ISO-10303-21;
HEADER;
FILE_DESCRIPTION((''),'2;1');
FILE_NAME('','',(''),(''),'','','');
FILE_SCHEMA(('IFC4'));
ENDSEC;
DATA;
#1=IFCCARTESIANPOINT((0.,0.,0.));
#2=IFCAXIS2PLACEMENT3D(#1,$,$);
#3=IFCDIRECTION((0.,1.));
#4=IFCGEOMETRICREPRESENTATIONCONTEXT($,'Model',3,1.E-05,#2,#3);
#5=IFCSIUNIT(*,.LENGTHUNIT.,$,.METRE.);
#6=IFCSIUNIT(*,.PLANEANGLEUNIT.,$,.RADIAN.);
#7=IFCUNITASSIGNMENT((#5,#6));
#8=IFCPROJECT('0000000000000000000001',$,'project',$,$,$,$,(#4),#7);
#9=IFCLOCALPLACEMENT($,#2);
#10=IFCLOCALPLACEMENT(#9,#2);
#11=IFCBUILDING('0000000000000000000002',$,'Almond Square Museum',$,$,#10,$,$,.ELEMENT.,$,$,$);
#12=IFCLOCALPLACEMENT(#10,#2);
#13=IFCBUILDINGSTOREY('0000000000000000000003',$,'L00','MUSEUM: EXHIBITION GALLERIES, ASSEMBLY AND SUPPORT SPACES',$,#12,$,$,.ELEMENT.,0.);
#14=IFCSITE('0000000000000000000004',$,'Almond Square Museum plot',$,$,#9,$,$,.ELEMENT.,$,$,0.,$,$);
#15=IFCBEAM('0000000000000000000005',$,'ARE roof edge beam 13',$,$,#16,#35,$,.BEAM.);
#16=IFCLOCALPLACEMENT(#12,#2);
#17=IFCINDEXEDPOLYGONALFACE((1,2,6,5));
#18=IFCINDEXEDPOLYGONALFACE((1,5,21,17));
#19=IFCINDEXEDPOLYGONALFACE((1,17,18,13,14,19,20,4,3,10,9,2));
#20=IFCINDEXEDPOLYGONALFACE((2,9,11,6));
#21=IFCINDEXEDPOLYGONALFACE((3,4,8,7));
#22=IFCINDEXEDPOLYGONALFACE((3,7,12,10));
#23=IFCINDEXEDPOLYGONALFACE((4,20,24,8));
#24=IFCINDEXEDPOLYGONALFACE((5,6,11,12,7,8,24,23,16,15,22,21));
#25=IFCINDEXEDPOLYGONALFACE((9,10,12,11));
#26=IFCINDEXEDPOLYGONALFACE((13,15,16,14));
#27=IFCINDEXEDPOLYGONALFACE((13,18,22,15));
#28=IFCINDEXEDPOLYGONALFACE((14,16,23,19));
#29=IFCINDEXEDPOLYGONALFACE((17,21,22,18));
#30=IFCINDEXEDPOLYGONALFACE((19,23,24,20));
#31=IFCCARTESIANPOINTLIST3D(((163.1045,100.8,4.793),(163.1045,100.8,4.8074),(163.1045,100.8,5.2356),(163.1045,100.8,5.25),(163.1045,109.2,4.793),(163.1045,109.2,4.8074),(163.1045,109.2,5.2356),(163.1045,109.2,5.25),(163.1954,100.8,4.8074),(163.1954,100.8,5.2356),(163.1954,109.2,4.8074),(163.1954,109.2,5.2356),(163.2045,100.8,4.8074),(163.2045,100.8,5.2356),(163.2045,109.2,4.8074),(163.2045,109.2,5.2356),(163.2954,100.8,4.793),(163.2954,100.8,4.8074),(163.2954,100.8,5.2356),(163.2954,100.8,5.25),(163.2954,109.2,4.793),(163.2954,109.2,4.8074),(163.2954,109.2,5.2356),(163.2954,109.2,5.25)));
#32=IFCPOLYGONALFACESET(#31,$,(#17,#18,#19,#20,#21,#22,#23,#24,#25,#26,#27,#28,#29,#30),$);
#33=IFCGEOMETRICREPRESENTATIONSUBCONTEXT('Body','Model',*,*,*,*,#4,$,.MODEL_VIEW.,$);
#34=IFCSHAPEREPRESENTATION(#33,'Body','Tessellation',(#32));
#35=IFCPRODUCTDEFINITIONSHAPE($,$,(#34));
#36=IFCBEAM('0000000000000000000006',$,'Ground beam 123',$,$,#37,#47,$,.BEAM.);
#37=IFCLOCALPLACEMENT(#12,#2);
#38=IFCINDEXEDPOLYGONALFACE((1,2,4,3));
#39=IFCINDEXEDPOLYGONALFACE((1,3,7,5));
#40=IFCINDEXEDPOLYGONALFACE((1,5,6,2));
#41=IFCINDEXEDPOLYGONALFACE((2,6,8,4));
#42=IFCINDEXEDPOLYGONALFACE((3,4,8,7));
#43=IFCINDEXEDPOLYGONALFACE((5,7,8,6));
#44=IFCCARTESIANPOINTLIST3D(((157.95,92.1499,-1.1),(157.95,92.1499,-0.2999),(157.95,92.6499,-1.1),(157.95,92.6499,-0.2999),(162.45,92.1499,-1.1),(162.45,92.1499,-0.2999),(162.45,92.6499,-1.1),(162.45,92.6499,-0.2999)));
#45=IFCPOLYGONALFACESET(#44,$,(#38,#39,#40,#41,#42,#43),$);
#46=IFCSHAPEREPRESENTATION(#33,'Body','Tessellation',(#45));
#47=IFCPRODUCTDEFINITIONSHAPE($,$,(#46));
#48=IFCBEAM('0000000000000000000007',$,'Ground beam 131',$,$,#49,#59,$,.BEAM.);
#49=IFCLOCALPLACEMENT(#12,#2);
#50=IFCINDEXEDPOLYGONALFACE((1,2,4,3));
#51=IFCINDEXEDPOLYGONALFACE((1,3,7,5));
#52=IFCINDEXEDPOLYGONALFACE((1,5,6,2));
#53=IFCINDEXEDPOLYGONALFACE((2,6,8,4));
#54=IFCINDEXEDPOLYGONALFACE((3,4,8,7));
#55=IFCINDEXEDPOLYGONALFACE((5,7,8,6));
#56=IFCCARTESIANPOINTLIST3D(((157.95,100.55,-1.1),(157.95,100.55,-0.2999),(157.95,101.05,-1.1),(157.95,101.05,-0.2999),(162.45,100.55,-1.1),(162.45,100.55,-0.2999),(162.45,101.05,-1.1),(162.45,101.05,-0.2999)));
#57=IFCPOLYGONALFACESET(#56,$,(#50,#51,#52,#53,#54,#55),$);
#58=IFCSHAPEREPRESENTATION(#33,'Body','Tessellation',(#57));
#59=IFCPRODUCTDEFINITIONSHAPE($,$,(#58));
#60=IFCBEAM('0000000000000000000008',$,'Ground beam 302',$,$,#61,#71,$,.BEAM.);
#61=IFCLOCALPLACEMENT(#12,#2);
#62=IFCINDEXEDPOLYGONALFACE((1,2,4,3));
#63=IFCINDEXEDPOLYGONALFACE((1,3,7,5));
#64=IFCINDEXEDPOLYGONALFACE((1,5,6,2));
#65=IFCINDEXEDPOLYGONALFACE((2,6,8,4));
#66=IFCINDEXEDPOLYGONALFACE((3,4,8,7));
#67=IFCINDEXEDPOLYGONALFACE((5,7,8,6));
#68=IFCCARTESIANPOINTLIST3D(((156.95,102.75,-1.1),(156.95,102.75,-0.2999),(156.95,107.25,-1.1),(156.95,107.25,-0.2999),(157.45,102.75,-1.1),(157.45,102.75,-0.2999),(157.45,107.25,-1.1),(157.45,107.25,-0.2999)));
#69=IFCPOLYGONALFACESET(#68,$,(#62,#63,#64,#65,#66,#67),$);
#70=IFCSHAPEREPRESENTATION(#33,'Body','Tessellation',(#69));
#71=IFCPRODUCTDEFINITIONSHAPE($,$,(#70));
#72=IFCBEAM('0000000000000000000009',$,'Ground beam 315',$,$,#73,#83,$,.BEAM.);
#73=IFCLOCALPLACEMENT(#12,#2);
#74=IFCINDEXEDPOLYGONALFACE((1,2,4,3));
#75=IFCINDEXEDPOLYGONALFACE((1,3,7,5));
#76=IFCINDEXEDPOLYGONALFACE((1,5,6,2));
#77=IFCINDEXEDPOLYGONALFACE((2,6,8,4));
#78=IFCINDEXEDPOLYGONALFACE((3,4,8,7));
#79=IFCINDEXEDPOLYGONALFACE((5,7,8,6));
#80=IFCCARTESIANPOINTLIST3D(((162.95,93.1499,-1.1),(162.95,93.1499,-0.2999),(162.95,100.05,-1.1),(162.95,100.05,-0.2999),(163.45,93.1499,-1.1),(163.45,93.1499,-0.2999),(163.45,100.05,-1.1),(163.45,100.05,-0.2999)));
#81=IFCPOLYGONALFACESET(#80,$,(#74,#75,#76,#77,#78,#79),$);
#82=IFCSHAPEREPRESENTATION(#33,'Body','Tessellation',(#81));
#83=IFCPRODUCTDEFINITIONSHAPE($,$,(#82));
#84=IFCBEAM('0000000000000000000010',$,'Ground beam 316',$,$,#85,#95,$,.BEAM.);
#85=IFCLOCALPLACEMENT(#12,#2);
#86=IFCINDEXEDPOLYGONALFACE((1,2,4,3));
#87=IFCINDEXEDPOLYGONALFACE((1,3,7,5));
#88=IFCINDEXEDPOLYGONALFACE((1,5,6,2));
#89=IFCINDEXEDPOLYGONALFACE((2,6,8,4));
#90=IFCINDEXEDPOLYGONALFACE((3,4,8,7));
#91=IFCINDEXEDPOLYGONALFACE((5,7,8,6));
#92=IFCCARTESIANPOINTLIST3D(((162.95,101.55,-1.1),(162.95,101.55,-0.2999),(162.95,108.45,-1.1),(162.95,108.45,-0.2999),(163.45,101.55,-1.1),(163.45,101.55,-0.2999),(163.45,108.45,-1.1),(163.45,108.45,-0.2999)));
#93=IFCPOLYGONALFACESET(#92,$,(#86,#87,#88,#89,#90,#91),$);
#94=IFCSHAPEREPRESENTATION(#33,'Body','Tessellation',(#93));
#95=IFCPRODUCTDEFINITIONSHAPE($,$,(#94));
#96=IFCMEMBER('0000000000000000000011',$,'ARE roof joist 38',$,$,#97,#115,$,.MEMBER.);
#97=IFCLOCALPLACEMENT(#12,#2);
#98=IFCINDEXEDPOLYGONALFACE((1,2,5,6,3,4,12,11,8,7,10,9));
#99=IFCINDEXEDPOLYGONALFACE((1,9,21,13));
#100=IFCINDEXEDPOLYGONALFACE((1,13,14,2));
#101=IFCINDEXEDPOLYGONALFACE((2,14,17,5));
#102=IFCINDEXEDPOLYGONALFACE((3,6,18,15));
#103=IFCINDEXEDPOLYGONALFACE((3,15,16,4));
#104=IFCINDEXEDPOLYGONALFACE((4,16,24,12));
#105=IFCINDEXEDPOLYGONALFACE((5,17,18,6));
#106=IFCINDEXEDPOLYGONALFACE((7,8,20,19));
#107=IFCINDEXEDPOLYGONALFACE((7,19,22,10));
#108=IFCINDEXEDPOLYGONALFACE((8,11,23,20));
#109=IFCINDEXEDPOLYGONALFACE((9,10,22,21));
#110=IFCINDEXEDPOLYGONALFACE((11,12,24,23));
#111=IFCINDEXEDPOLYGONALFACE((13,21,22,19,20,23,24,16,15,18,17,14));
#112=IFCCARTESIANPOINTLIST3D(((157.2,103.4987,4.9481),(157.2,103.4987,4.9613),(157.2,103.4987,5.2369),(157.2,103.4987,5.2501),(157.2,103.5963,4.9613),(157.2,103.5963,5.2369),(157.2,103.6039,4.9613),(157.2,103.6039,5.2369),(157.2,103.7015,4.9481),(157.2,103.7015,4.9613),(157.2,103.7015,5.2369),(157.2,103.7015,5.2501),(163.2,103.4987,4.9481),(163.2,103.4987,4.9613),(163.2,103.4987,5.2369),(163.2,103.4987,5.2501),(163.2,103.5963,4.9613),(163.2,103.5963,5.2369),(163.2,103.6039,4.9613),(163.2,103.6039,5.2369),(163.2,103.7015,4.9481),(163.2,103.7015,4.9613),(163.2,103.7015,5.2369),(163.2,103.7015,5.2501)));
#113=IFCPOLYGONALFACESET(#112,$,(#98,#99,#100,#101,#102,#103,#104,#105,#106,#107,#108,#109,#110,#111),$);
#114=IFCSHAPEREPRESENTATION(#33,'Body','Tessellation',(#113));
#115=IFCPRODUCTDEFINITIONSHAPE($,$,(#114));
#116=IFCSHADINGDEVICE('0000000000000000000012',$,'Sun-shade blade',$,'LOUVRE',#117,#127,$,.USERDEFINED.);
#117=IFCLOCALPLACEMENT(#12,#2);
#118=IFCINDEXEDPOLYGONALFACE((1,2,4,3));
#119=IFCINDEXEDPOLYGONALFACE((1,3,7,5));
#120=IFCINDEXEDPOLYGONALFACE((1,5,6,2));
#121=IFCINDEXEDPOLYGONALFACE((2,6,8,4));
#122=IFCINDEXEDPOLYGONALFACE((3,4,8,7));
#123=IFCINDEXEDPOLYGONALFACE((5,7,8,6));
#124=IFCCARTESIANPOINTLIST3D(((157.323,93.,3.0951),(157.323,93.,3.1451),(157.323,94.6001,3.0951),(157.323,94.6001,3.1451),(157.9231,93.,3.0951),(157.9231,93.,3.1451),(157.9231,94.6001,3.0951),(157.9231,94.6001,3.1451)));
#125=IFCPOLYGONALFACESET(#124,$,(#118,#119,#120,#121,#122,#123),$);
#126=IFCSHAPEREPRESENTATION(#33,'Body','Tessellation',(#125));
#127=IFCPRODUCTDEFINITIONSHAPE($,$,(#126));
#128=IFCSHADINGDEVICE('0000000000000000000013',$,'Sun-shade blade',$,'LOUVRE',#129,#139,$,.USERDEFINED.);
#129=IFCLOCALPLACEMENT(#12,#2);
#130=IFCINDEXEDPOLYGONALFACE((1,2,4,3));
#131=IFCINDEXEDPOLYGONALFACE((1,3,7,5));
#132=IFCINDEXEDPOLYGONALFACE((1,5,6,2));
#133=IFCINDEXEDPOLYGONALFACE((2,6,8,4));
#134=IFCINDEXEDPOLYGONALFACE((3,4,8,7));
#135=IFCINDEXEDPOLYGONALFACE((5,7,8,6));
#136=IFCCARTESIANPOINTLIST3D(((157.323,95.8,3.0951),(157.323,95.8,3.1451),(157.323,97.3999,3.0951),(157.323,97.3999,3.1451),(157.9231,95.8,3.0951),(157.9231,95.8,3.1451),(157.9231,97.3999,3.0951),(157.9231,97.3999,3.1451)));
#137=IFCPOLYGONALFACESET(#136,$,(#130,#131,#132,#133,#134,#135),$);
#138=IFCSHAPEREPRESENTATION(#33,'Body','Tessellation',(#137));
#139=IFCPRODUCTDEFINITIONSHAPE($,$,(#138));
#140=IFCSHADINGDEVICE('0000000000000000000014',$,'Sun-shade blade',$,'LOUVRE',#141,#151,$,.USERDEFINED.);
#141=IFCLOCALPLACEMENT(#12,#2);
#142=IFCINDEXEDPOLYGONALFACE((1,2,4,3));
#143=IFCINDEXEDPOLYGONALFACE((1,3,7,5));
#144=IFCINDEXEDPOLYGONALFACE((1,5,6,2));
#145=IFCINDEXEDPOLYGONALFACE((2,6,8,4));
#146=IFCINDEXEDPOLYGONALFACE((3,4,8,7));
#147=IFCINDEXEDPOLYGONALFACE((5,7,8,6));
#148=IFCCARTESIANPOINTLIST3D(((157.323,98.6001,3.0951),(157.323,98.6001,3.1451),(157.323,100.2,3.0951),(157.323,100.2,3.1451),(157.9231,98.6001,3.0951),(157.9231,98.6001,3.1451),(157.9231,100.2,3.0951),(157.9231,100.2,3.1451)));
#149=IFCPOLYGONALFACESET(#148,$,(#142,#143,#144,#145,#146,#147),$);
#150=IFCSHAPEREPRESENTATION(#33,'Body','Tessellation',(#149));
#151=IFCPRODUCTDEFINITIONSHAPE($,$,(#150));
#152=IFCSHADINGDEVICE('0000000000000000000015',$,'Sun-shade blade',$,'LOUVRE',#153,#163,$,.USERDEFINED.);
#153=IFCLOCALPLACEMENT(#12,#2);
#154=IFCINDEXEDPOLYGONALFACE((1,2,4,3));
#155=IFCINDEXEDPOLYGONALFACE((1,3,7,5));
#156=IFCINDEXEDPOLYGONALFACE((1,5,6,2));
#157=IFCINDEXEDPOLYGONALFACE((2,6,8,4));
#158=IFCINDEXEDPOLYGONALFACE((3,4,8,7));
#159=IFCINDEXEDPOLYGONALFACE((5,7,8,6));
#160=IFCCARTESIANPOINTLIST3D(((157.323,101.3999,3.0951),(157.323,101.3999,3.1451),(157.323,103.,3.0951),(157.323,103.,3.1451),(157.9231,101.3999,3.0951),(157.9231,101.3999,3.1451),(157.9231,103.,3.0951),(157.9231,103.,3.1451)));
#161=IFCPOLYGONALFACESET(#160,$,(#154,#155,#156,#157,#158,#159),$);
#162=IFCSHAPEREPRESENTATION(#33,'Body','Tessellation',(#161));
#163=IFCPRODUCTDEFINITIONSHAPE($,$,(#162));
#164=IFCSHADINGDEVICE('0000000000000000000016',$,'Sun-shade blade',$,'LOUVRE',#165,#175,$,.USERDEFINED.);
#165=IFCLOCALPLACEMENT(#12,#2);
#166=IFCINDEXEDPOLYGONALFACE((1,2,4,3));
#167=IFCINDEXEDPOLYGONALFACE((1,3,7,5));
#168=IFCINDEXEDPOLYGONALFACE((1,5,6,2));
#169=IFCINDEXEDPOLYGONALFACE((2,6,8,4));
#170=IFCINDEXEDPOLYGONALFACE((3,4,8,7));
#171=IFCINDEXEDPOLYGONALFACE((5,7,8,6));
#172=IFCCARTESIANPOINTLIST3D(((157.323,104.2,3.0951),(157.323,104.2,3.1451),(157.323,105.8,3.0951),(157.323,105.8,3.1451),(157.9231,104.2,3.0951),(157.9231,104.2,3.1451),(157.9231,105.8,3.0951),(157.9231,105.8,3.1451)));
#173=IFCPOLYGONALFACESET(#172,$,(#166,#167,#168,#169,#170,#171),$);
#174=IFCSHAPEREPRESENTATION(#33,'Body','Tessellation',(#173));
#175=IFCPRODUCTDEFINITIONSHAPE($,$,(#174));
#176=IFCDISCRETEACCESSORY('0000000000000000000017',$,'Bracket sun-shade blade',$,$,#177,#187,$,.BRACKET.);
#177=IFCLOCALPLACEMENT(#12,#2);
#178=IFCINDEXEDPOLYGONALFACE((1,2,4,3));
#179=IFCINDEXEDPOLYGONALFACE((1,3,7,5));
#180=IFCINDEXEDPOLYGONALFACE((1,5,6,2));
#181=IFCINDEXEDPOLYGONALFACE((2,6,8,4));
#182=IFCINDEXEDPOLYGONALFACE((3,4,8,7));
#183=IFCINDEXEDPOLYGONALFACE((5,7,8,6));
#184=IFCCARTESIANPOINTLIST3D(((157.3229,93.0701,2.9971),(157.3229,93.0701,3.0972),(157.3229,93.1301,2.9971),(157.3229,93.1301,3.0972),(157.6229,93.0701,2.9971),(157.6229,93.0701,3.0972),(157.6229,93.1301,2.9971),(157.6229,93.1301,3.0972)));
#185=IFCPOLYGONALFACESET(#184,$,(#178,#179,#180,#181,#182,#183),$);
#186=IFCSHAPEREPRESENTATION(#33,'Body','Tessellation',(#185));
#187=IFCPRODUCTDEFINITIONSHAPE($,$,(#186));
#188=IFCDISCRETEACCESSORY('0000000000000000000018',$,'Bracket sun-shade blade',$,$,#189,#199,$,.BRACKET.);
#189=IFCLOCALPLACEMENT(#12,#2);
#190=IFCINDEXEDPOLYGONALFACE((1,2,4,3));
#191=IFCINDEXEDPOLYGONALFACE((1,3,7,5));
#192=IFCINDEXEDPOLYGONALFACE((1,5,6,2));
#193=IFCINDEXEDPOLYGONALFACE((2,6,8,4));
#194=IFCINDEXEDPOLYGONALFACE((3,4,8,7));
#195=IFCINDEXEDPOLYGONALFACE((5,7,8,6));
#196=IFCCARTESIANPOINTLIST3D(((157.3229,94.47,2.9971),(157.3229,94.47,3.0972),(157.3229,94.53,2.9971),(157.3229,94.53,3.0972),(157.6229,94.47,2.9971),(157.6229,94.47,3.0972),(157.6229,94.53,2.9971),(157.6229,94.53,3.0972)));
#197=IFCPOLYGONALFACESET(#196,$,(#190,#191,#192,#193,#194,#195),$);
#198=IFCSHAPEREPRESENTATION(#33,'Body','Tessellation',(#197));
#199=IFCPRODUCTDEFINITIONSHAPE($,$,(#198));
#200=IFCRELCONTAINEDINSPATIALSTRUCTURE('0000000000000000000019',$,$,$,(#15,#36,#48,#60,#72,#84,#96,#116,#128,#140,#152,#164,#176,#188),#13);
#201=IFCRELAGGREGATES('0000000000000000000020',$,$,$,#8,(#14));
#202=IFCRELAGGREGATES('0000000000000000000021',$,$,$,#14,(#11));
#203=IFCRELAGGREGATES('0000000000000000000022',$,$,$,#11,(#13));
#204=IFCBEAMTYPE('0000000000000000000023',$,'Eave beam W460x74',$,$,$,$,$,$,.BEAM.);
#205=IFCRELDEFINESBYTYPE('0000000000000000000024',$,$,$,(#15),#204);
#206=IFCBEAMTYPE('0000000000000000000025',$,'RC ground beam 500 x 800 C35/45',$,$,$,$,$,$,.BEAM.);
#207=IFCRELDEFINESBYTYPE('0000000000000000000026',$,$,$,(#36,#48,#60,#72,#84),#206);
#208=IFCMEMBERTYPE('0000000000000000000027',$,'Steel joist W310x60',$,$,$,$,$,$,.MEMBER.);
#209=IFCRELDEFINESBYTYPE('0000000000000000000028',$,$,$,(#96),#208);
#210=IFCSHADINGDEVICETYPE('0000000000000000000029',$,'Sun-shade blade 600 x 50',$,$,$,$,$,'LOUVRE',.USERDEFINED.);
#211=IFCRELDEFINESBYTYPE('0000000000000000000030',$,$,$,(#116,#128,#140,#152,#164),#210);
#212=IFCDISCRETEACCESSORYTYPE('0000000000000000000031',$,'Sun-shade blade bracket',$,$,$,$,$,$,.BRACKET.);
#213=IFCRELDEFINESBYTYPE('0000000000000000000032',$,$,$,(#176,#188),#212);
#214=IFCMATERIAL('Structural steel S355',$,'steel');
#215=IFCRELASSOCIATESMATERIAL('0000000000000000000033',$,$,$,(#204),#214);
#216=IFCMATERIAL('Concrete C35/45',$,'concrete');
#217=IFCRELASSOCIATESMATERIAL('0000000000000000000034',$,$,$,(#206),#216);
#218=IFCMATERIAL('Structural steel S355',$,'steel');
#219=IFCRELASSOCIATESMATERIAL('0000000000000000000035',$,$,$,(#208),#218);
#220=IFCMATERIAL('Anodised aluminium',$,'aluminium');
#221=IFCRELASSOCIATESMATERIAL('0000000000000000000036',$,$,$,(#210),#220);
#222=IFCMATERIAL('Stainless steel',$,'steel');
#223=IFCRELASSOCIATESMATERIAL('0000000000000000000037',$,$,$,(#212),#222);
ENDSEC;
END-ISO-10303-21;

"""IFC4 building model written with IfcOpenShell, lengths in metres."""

from ifc_helpers import new_model, si_unit, direction, frame, origin, origin_2d, place, context, subcontext, project, spatial, rectangle, i_section, extrude, material, material_profile, profile_set, type_object, element, save


model = new_model("IFC4")

# Units and contexts
model_context = context("Model", 3, precision=1e-05, world=origin(), true_north=direction((0.0, 1.0)))
body_context = subcontext(model_context, "Body", "Model", "MODEL_VIEW")
ifc_project = project(units=[si_unit("LENGTHUNIT", "METRE"), si_unit("PLANEANGLEUNIT", "RADIAN")], contexts=[model_context])

# Site, building, storey
site_placement = place(None, origin())
site = spatial("IfcSite", under=ifc_project, at=site_placement, Name="Almond Square Museum plot", CompositionType="ELEMENT", RefElevation=0.0)
building_placement = place(site_placement, origin())
building = spatial("IfcBuilding", under=site, at=building_placement, Name="Almond Square Museum", CompositionType="ELEMENT")
storey_placement = place(building_placement, origin())
storey = spatial("IfcBuildingStorey", under=building, at=storey_placement, Name="L00", Description="MUSEUM: EXHIBITION GALLERIES, ASSEMBLY AND SUPPORT SPACES", CompositionType="ELEMENT", Elevation=0.0)

# Beams
ifc_material_1 = material(Name="Structural steel S355", Category="steel")
ifc_material_profile_1 = material_profile(ifc_material_1, i_section(OverallWidth=0.1909, OverallDepth=0.457, WebThickness=0.009, FlangeThickness=0.0144, at=origin_2d()))
ifc_profile_set_1 = profile_set([ifc_material_profile_1], Name="Structural steel S355")
beam_type_1 = type_object("IfcBeamType", Name="Eave beam W460x74", PredefinedType="BEAM", material=ifc_profile_set_1)
beam_1_placement = place(storey_placement, frame((163.2, 100.8, 5.0215), z_axis=(0.0, 1.0, 0.0), x_axis=(-1.0, 0.0, 0.0)))
element("IfcBeam", 1, at=beam_1_placement, inside=storey, type_object=beam_type_1, Name="ARE roof edge beam 13", PredefinedType="BEAM", context=body_context, shape_type="SweptSolid", body=[
    extrude(i_section(OverallWidth=0.1909, OverallDepth=0.457, WebThickness=0.009, FlangeThickness=0.0144, at=origin_2d()), origin(), (0.0, 0.0, 1.0), 8.3999),
])
ifc_material_2 = material(Name="Concrete C35/45", Category="concrete")
ifc_material_profile_2 = material_profile(ifc_material_2, rectangle(XDim=0.5, YDim=0.8, at=origin_2d()))
ifc_profile_set_2 = profile_set([ifc_material_profile_2], Name="Concrete C35/45")
beam_type_2 = type_object("IfcBeamType", Name="RC ground beam 500 x 800 C35/45", PredefinedType="BEAM", material=ifc_profile_set_2)
for number, where, z_axis, x_axis, name in (
    (2, (157.95, 92.3999, -0.7), (1.0, 0.0, 0.0), (0.0, 1.0, 0.0), "Ground beam 123"),
    (3, (157.95, 100.8, -0.7), (1.0, 0.0, 0.0), (0.0, 1.0, 0.0), "Ground beam 131"),
    (4, (157.2, 102.75, -0.7), (0.0, 1.0, 0.0), (-1.0, 0.0, 0.0), "Ground beam 302"),
):
    element("IfcBeam", number, at=place(storey_placement, frame(where, z_axis=z_axis, x_axis=x_axis)), inside=storey, type_object=beam_type_2, Name=name, PredefinedType="BEAM", context=body_context, shape_type="SweptSolid", body=[
        extrude(rectangle(XDim=0.5, YDim=0.8, at=origin_2d()), origin(), (0.0, 0.0, 1.0), 4.5),
    ])
beam_2_placement = place(storey_placement, frame((163.2, 93.1499, -0.7), z_axis=(0.0, 1.0, 0.0), x_axis=(-1.0, 0.0, 0.0)))
element("IfcBeam", 5, at=beam_2_placement, inside=storey, type_object=beam_type_2, Name="Ground beam 315", PredefinedType="BEAM", context=body_context, shape_type="SweptSolid", body=[
    extrude(rectangle(XDim=0.5, YDim=0.8, at=origin_2d()), origin(), (0.0, 0.0, 1.0), 6.9001),
])
beam_3_placement = place(storey_placement, frame((163.2, 101.55, -0.7), z_axis=(0.0, 1.0, 0.0), x_axis=(-1.0, 0.0, 0.0)))
element("IfcBeam", 6, at=beam_3_placement, inside=storey, type_object=beam_type_2, Name="Ground beam 316", PredefinedType="BEAM", context=body_context, shape_type="SweptSolid", body=[
    extrude(rectangle(XDim=0.5, YDim=0.8, at=origin_2d()), origin(), (0.0, 0.0, 1.0), 6.8999),
])

# Member
ifc_material_3 = material(Name="Structural steel S355", Category="steel")
ifc_material_profile_3 = material_profile(ifc_material_3, i_section(OverallWidth=0.2029, OverallDepth=0.302, WebThickness=0.0076, FlangeThickness=0.0132, at=origin_2d()))
ifc_profile_set_3 = profile_set([ifc_material_profile_3], Name="Structural steel S355")
member_type = type_object("IfcMemberType", Name="Steel joist W310x60", PredefinedType="MEMBER", material=ifc_profile_set_3)
member_placement = place(storey_placement, frame((157.2, 103.6001, 5.0991), z_axis=(1.0, 0.0, 0.0), x_axis=(0.0, 1.0, 0.0)))
element("IfcMember", 7, at=member_placement, inside=storey, type_object=member_type, Name="ARE roof joist 38", PredefinedType="MEMBER", context=body_context, shape_type="SweptSolid", body=[
    extrude(i_section(OverallWidth=0.2029, OverallDepth=0.302, WebThickness=0.0076, FlangeThickness=0.0132, at=origin_2d()), origin(), (0.0, 0.0, 1.0), 6.0),
])

# Shading devices
ifc_material_4 = material(Name="Anodised aluminium", Category="aluminium")
ifc_material_profile_4 = material_profile(ifc_material_4, rectangle(XDim=0.6001, YDim=0.05, at=origin_2d()))
ifc_profile_set_4 = profile_set([ifc_material_profile_4], Name="Anodised aluminium")
shading_device_type = type_object("IfcShadingDeviceType", Name="Sun-shade blade 600 x 50", ElementType="LOUVRE", PredefinedType="USERDEFINED", material=ifc_profile_set_4)
shading_device_placement = place(storey_placement, frame((157.623, 93.0, 3.1201), z_axis=(0.0, 1.0, 0.0), x_axis=(-1.0, 0.0, 0.0)))
element("IfcShadingDevice", 8, at=shading_device_placement, inside=storey, type_object=shading_device_type, Name="Sun-shade blade", ObjectType="LOUVRE", PredefinedType="USERDEFINED", context=body_context, shape_type="SweptSolid", body=[
    extrude(rectangle(XDim=0.6001, YDim=0.05, at=origin_2d()), origin(), (0.0, 0.0, 1.0), 1.6001),
])
for number, where, z_axis, x_axis, name in (
    (9, (157.623, 95.8, 3.1201), (0.0, 1.0, 0.0), (-1.0, 0.0, 0.0), "Sun-shade blade"),
    (10, (157.623, 98.6001, 3.1201), (0.0, 1.0, 0.0), (-1.0, 0.0, 0.0), "Sun-shade blade"),
):
    element("IfcShadingDevice", number, at=place(storey_placement, frame(where, z_axis=z_axis, x_axis=x_axis)), inside=storey, type_object=shading_device_type, Name=name, ObjectType="LOUVRE", PredefinedType="USERDEFINED", context=body_context, shape_type="SweptSolid", body=[
        extrude(rectangle(XDim=0.6001, YDim=0.05, at=origin_2d()), origin(), (0.0, 0.0, 1.0), 1.5999),
    ])
for number, where, z_axis, x_axis, name in (
    (11, (157.623, 101.3999, 3.1201), (0.0, 1.0, 0.0), (-1.0, 0.0, 0.0), "Sun-shade blade"),
    (12, (157.623, 104.2, 3.1201), (0.0, 1.0, 0.0), (-1.0, 0.0, 0.0), "Sun-shade blade"),
):
    element("IfcShadingDevice", number, at=place(storey_placement, frame(where, z_axis=z_axis, x_axis=x_axis)), inside=storey, type_object=shading_device_type, Name=name, ObjectType="LOUVRE", PredefinedType="USERDEFINED", context=body_context, shape_type="SweptSolid", body=[
        extrude(rectangle(XDim=0.6001, YDim=0.05, at=origin_2d()), origin(), (0.0, 0.0, 1.0), 1.6001),
    ])

# Discrete accessories
ifc_material_5 = material(Name="Stainless steel", Category="steel")
discrete_accessory_type = type_object("IfcDiscreteAccessoryType", Name="Sun-shade blade bracket", PredefinedType="BRACKET", material=ifc_material_5)
for number, where, z_axis, x_axis, name in (
    (13, (157.4729, 93.1001, 2.9971), (0.0, 0.0, 1.0), (1.0, 0.0, 0.0), "Bracket sun-shade blade"),
    (14, (157.4729, 94.5, 2.9971), (0.0, 0.0, 1.0), (1.0, 0.0, 0.0), "Bracket sun-shade blade"),
):
    element("IfcDiscreteAccessory", number, at=place(storey_placement, frame(where, z_axis=z_axis, x_axis=x_axis)), inside=storey, type_object=discrete_accessory_type, Name=name, PredefinedType="BRACKET", context=body_context, shape_type="SweptSolid", body=[
        extrude(rectangle(XDim=0.3, YDim=0.0601, at=origin_2d()), origin(), (0.0, 0.0, 1.0), 0.1001),
    ])

save(model, "model.ifc")
